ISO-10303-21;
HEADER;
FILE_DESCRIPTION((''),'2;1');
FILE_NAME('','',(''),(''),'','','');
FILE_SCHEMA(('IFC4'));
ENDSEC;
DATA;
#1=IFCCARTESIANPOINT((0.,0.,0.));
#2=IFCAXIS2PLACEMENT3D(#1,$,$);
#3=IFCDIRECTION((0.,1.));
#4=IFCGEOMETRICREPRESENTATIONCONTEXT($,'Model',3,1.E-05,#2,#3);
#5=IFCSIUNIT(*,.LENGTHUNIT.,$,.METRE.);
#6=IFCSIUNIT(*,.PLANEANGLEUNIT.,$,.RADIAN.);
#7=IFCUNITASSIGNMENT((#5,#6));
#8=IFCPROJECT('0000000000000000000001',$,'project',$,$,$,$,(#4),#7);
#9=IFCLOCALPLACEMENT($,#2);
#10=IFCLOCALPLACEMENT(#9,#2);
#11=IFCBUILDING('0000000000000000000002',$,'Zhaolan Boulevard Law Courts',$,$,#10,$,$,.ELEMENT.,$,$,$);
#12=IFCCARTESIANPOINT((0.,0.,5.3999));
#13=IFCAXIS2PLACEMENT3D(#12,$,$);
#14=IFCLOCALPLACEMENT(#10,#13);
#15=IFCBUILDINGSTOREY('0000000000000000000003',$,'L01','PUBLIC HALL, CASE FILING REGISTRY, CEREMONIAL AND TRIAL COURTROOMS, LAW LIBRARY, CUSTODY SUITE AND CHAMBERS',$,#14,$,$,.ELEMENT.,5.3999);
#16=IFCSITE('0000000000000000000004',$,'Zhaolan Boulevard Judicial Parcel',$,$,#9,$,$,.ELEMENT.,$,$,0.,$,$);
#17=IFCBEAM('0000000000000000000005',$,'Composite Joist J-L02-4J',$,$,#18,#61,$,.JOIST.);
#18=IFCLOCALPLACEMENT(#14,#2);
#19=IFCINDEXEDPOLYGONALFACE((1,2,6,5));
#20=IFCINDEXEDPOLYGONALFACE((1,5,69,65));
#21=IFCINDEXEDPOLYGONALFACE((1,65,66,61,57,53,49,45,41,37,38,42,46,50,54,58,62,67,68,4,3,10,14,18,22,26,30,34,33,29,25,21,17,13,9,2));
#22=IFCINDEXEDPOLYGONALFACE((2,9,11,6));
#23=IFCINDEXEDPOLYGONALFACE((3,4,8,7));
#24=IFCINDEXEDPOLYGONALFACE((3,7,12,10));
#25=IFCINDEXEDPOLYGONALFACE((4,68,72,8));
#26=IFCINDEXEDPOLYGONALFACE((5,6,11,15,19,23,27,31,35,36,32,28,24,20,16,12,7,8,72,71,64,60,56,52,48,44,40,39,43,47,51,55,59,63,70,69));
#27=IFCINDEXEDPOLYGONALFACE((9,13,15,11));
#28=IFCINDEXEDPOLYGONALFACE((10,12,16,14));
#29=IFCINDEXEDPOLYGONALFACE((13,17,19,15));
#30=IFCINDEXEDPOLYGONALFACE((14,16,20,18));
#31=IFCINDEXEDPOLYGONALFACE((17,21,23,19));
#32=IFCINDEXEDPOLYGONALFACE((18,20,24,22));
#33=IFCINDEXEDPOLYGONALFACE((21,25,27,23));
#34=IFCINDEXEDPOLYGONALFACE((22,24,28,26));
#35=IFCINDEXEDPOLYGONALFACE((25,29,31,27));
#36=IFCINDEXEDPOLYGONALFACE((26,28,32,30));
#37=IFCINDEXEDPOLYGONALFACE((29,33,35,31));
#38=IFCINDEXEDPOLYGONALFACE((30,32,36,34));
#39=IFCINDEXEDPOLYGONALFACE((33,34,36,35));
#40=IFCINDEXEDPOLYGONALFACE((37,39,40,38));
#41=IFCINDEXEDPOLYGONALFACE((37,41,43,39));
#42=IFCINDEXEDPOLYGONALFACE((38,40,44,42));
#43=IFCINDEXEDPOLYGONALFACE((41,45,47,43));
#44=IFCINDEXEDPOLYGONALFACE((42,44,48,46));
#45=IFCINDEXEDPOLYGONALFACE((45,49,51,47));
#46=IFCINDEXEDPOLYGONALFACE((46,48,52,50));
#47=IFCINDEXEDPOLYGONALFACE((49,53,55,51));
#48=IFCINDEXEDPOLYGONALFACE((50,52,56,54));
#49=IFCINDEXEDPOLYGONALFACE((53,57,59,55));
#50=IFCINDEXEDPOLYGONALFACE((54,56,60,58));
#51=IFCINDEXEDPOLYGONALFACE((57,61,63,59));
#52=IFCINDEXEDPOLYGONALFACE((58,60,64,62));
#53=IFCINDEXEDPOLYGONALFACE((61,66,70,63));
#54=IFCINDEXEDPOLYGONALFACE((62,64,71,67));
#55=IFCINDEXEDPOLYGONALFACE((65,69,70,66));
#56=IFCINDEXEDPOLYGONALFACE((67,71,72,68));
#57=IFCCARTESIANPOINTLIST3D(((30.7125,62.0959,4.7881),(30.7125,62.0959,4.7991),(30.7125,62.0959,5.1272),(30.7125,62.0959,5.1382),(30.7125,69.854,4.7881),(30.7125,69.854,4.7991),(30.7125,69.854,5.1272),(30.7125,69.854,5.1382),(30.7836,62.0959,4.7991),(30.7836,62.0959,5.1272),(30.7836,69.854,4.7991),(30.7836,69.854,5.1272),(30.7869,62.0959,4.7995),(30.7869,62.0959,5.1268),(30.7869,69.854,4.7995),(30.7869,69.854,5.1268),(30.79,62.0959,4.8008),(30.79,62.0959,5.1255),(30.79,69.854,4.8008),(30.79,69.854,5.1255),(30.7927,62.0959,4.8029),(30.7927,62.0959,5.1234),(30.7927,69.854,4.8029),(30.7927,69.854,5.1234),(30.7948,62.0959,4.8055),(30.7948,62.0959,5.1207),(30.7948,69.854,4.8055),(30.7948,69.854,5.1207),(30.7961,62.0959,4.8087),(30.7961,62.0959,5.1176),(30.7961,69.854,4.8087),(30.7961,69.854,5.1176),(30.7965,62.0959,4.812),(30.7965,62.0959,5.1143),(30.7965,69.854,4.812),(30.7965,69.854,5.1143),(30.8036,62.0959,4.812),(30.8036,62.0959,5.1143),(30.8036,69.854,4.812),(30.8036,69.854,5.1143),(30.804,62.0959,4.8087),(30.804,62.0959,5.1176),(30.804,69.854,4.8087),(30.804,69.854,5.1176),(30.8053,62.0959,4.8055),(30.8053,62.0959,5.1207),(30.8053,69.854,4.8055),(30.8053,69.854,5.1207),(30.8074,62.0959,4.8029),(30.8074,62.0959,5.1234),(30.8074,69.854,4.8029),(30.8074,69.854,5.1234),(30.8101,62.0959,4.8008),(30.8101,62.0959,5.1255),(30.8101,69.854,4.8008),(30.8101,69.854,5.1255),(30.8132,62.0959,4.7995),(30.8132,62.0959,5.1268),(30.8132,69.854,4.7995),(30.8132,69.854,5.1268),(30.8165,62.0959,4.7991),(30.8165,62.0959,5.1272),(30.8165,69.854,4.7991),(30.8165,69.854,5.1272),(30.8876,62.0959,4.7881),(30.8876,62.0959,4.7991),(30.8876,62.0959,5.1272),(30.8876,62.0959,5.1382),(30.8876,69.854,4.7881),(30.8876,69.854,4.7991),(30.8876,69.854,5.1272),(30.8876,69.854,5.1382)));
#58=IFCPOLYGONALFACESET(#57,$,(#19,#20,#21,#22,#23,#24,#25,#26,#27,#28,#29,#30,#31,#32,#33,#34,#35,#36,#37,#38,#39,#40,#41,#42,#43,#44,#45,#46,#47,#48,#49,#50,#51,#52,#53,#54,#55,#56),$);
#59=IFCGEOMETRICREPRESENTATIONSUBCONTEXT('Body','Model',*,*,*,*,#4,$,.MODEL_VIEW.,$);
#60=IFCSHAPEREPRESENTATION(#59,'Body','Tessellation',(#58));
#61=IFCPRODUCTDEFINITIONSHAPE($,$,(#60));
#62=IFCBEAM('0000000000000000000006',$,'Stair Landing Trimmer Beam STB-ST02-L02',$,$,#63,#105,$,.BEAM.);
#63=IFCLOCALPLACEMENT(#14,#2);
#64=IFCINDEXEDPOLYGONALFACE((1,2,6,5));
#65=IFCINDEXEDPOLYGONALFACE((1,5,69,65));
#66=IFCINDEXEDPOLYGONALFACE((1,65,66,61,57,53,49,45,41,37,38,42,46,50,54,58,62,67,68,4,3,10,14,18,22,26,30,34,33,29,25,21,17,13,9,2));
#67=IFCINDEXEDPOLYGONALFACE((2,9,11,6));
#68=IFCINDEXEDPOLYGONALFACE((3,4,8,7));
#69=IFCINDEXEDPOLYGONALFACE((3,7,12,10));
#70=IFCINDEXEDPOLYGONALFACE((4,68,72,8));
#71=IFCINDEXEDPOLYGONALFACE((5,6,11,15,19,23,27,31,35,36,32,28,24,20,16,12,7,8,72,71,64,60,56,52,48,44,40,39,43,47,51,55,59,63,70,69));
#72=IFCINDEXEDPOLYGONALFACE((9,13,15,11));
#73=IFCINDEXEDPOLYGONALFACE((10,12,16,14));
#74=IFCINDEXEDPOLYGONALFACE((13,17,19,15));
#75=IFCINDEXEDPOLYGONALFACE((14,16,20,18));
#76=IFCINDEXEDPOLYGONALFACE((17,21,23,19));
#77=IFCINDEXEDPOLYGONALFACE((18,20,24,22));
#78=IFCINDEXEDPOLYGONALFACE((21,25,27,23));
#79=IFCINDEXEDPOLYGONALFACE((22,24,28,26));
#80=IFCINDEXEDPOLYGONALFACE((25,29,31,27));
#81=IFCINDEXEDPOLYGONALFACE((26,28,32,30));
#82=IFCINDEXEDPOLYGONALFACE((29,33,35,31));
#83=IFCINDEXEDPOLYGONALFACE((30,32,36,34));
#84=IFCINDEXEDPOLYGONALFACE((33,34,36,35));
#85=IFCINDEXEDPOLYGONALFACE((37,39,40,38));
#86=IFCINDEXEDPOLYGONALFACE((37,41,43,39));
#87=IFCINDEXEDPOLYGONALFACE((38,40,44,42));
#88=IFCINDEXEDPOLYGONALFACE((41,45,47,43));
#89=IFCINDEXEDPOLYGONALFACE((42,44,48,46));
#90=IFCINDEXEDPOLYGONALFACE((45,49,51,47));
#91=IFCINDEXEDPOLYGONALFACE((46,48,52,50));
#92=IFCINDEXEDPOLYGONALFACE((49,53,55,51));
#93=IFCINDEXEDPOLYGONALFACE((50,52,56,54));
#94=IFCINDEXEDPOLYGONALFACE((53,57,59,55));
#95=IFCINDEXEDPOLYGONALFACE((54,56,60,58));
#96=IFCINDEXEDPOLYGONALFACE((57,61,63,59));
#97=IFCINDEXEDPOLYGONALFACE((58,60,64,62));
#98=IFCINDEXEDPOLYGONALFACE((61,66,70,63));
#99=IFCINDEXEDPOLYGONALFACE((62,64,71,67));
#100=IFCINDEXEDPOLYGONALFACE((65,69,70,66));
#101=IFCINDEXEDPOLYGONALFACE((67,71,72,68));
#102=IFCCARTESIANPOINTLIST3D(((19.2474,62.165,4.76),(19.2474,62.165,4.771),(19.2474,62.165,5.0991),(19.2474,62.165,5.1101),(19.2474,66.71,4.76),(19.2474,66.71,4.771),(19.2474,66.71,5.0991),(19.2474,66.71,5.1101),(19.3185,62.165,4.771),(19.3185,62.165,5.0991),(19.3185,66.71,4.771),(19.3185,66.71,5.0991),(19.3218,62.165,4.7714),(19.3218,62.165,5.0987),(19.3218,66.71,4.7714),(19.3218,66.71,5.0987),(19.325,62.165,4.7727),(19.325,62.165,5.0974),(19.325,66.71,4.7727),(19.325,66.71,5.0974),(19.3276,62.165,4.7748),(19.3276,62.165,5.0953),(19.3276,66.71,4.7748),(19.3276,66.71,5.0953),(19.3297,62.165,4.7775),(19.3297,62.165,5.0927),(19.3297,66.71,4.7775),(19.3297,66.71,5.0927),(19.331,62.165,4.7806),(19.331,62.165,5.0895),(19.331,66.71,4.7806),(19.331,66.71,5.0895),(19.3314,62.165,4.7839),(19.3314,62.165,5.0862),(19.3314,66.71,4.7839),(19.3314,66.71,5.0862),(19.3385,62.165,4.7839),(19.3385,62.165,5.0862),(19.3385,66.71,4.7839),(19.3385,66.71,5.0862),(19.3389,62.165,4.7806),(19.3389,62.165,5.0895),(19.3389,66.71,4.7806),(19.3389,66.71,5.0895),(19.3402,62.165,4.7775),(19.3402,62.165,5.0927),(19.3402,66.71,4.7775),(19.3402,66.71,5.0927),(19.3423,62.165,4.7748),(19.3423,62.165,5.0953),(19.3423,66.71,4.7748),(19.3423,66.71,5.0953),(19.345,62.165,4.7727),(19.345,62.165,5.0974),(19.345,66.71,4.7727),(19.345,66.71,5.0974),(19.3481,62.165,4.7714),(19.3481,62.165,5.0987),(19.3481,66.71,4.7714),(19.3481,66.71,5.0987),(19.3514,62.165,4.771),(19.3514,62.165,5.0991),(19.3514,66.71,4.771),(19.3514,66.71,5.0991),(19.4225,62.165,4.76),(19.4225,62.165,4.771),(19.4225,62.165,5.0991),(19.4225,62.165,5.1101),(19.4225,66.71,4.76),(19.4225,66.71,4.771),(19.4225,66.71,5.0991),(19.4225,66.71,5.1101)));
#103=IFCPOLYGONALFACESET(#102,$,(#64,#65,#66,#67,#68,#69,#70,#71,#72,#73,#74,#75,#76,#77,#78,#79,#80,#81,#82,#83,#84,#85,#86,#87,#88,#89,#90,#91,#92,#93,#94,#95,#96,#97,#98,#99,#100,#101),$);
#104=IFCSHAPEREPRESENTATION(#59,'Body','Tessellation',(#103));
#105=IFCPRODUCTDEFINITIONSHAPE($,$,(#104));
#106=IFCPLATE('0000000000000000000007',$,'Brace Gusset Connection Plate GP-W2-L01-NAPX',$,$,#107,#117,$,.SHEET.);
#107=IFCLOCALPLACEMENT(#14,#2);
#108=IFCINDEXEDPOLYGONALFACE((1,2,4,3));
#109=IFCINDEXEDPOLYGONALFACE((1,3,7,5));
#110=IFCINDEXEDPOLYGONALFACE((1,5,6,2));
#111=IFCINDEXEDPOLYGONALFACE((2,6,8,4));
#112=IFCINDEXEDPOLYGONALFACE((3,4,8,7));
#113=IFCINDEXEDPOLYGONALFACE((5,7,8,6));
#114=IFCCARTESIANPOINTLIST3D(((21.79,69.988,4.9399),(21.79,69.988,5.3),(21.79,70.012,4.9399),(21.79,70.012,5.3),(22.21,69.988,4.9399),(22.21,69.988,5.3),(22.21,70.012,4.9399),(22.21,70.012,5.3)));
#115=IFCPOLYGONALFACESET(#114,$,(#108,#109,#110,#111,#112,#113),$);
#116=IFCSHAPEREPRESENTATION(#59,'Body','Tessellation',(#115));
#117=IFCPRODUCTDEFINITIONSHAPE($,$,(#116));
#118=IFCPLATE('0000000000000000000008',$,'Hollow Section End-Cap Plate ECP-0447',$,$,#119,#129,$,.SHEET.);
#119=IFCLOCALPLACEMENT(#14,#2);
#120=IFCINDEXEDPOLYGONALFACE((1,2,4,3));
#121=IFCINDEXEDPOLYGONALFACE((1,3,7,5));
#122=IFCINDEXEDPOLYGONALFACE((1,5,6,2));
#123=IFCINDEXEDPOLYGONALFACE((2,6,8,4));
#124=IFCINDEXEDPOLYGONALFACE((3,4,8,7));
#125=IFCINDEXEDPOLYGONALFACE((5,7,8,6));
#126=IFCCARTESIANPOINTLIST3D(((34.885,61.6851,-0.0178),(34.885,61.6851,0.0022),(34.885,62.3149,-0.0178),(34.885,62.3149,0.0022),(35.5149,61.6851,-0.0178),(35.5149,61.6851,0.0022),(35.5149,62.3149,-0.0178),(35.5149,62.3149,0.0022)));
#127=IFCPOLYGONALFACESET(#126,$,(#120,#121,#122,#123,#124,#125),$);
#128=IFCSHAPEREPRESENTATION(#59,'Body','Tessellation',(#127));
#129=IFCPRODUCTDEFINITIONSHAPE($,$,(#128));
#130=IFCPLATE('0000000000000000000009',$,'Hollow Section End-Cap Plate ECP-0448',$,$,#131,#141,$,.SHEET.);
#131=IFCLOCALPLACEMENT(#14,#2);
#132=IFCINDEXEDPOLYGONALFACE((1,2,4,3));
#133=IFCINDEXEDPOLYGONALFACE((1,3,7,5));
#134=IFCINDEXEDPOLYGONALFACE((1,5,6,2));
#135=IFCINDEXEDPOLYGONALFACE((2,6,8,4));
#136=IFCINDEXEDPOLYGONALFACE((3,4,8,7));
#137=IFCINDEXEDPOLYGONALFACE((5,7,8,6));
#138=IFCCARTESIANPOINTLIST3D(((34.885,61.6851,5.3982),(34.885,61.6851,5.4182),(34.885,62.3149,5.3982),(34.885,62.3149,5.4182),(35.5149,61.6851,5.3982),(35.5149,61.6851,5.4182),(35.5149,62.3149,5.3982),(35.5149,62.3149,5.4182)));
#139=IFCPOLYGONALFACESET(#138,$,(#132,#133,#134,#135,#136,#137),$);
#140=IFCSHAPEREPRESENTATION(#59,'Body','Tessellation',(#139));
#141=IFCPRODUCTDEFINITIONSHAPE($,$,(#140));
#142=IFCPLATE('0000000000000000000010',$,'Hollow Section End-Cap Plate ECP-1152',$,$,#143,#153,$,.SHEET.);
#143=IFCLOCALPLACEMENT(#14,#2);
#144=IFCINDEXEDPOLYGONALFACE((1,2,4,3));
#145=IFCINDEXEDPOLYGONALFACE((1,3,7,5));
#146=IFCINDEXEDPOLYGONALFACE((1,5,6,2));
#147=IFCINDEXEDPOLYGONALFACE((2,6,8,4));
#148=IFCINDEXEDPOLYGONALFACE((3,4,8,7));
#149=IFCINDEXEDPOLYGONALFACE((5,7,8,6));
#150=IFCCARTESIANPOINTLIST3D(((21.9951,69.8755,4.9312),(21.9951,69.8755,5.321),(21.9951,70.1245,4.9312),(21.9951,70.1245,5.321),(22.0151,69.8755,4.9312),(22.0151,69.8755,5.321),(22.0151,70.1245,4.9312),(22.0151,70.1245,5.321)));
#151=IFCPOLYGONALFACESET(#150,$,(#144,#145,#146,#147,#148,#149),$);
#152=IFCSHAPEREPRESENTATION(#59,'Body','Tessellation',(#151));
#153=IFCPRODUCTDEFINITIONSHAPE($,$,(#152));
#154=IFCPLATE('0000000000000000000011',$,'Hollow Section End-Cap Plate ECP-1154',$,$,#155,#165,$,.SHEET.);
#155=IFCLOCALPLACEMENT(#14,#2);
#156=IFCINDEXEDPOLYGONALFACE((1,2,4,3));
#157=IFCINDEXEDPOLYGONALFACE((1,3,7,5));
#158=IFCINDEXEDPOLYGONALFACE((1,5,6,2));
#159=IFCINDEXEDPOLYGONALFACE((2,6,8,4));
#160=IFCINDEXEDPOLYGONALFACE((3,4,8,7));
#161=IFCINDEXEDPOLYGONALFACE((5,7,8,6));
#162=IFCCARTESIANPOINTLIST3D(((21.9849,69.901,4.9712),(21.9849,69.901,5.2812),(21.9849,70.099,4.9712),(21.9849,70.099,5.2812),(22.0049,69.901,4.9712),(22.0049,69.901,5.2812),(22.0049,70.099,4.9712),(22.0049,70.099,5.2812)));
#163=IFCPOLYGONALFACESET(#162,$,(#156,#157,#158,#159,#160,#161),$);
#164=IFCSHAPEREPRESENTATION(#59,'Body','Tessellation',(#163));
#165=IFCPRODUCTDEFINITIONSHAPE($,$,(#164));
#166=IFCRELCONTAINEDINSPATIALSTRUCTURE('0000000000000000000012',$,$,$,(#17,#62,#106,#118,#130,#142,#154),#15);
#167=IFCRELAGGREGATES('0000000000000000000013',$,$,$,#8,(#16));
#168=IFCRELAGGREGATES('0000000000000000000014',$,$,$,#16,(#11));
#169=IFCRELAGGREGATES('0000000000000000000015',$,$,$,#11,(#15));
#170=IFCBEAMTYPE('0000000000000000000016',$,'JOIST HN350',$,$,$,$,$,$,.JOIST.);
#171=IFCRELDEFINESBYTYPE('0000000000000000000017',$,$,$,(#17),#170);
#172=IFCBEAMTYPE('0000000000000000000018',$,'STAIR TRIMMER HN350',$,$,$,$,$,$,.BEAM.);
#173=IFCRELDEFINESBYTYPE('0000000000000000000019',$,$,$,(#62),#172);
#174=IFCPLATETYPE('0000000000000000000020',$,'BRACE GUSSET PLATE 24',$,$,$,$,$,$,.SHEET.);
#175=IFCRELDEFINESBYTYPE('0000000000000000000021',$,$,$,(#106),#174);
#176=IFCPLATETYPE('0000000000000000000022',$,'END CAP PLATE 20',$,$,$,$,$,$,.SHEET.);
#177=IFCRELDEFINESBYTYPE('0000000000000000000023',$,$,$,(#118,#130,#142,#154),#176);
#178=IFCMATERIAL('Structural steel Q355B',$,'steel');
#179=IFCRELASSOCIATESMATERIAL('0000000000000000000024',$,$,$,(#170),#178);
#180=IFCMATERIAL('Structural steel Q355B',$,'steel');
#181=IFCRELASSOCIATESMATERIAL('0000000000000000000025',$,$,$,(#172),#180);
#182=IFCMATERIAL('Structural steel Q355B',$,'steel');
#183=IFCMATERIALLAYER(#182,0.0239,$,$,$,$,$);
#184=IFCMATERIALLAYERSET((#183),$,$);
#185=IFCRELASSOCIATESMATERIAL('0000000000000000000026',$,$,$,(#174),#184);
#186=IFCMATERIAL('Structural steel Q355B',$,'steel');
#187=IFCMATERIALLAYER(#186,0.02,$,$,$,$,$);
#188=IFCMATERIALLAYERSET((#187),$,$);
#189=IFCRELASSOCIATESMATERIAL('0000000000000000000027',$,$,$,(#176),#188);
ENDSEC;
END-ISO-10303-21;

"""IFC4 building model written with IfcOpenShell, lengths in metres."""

from ifc_helpers import new_model, si_unit, direction, frame, origin, origin_2d, place, context, subcontext, project, spatial, rectangle, i_section, extrude, material, layer, layer_set, material_profile, profile_set, type_object, element, save


model = new_model("IFC4")

# Units and contexts
model_context = context("Model", 3, precision=1e-05, world=origin(), true_north=direction((0.0, 1.0)))
body_context = subcontext(model_context, "Body", "Model", "MODEL_VIEW")
ifc_project = project(units=[si_unit("LENGTHUNIT", "METRE"), si_unit("PLANEANGLEUNIT", "RADIAN")], contexts=[model_context])

# Site, building, storey
site_placement = place(None, origin())
site = spatial("IfcSite", under=ifc_project, at=site_placement, Name="Zhaolan Boulevard Judicial Parcel", CompositionType="ELEMENT", RefElevation=0.0)
building_placement = place(site_placement, origin())
building = spatial("IfcBuilding", under=site, at=building_placement, Name="Zhaolan Boulevard Law Courts", CompositionType="ELEMENT")
storey_placement = place(building_placement, frame((0.0, 0.0, 5.3999)))
storey = spatial("IfcBuildingStorey", under=building, at=storey_placement, Name="L01", Description="PUBLIC HALL, CASE FILING REGISTRY, CEREMONIAL AND TRIAL COURTROOMS, LAW LIBRARY, CUSTODY SUITE AND CHAMBERS", CompositionType="ELEMENT", Elevation=5.3999)

# Beams
ifc_material_1 = material(Name="Structural steel Q355B", Category="steel")
ifc_material_profile_1 = material_profile(ifc_material_1, i_section(OverallWidth=0.175, OverallDepth=0.3501, WebThickness=0.0071, FlangeThickness=0.011, FilletRadius=0.0129, at=origin_2d()), Name="HN350x175")
ifc_profile_set_1 = profile_set([ifc_material_profile_1], Name="Structural steel Q355B")
beam_type_1 = type_object("IfcBeamType", Name="JOIST HN350", PredefinedType="JOIST", material=ifc_profile_set_1)
beam_1_placement = place(storey_placement, frame((30.8, 62.0959, 4.9631), z_axis=(0.0, 1.0, 0.0), x_axis=(-1.0, 0.0, 0.0)))
element("IfcBeam", 1, at=beam_1_placement, inside=storey, type_object=beam_type_1, Name="Composite Joist J-L02-4J", PredefinedType="JOIST", context=body_context, shape_type="SweptSolid", body=[
    extrude(i_section(OverallWidth=0.175, OverallDepth=0.3501, WebThickness=0.0071, FlangeThickness=0.011, FilletRadius=0.0129, at=origin_2d()), origin(), (0.0, 0.0, 1.0), 7.7581),
])
ifc_material_2 = material(Name="Structural steel Q355B", Category="steel")
ifc_material_profile_2 = material_profile(ifc_material_2, i_section(OverallWidth=0.175, OverallDepth=0.3501, WebThickness=0.0071, FlangeThickness=0.011, FilletRadius=0.0129, at=origin_2d()), Name="HN350x175")
ifc_profile_set_2 = profile_set([ifc_material_profile_2], Name="Structural steel Q355B")
beam_type_2 = type_object("IfcBeamType", Name="STAIR TRIMMER HN350", PredefinedType="BEAM", material=ifc_profile_set_2)
beam_2_placement = place(storey_placement, frame((19.335, 62.165, 4.9351), z_axis=(0.0, 1.0, 0.0), x_axis=(-1.0, 0.0, 0.0)))
element("IfcBeam", 2, at=beam_2_placement, inside=storey, type_object=beam_type_2, Name="Stair Landing Trimmer Beam STB-ST02-L02", PredefinedType="BEAM", context=body_context, shape_type="SweptSolid", body=[
    extrude(i_section(OverallWidth=0.175, OverallDepth=0.3501, WebThickness=0.0071, FlangeThickness=0.011, FilletRadius=0.0129, at=origin_2d()), origin(), (0.0, 0.0, 1.0), 4.5449),
])

# Plates
ifc_material_3 = material(Name="Structural steel Q355B", Category="steel")
ifc_layer_1 = layer(ifc_material_3, 0.0239)
ifc_layer_set_1 = layer_set([ifc_layer_1])
plate_type_1 = type_object("IfcPlateType", Name="BRACE GUSSET PLATE 24", PredefinedType="SHEET", material=ifc_layer_set_1)
plate_1_placement = place(storey_placement, frame((22.0, 70.0, 4.9399), z_axis=(0.0, 0.0, 1.0), x_axis=(1.0, 0.0, 0.0)))
element("IfcPlate", 3, at=plate_1_placement, inside=storey, type_object=plate_type_1, Name="Brace Gusset Connection Plate GP-W2-L01-NAPX", PredefinedType="SHEET", context=body_context, shape_type="SweptSolid", body=[
    extrude(rectangle(XDim=0.4199, YDim=0.0239, at=origin_2d()), origin(), (0.0, 0.0, 1.0), 0.3601),
])
ifc_material_4 = material(Name="Structural steel Q355B", Category="steel")
ifc_layer_2 = layer(ifc_material_4, 0.02)
ifc_layer_set_2 = layer_set([ifc_layer_2])
plate_type_2 = type_object("IfcPlateType", Name="END CAP PLATE 20", PredefinedType="SHEET", material=ifc_layer_set_2)
for number, where, z_axis, x_axis, name in (
    (4, (35.2, 62.0, -0.0178), (0.0, 0.0, 1.0), (1.0, 0.0, 0.0), "Hollow Section End-Cap Plate ECP-0447"),
    (5, (35.2, 62.0, 5.3982), (0.0, 0.0, 1.0), (1.0, 0.0, 0.0), "Hollow Section End-Cap Plate ECP-0448"),
):
    element("IfcPlate", number, at=place(storey_placement, frame(where, z_axis=z_axis, x_axis=x_axis)), inside=storey, type_object=plate_type_2, Name=name, PredefinedType="SHEET", context=body_context, shape_type="SweptSolid", body=[
        extrude(rectangle(XDim=0.6299, YDim=0.6299, at=origin_2d()), origin(), (0.0, 0.0, 1.0), 0.02),
    ])
plate_2_placement = place(storey_placement, frame((22.0051, 70.0, 4.9312), z_axis=(0.0, 0.0, 1.0), x_axis=(1.0, 0.0, 0.0)))
element("IfcPlate", 6, at=plate_2_placement, inside=storey, type_object=plate_type_2, Name="Hollow Section End-Cap Plate ECP-1152", PredefinedType="SHEET", context=body_context, shape_type="SweptSolid", body=[
    extrude(rectangle(XDim=0.02, YDim=0.249, at=origin_2d()), origin(), (0.0, 0.0, 1.0), 0.3899),
])
plate_3_placement = place(storey_placement, frame((21.9949, 70.0, 4.9712), z_axis=(0.0, 0.0, 1.0), x_axis=(-1.0, 0.0, 0.0)))
element("IfcPlate", 7, at=plate_3_placement, inside=storey, type_object=plate_type_2, Name="Hollow Section End-Cap Plate ECP-1154", PredefinedType="SHEET", context=body_context, shape_type="SweptSolid", body=[
    extrude(rectangle(XDim=0.02, YDim=0.198, at=origin_2d()), origin(), (0.0, 0.0, 1.0), 0.3101),
])

save(model, "model.ifc")
